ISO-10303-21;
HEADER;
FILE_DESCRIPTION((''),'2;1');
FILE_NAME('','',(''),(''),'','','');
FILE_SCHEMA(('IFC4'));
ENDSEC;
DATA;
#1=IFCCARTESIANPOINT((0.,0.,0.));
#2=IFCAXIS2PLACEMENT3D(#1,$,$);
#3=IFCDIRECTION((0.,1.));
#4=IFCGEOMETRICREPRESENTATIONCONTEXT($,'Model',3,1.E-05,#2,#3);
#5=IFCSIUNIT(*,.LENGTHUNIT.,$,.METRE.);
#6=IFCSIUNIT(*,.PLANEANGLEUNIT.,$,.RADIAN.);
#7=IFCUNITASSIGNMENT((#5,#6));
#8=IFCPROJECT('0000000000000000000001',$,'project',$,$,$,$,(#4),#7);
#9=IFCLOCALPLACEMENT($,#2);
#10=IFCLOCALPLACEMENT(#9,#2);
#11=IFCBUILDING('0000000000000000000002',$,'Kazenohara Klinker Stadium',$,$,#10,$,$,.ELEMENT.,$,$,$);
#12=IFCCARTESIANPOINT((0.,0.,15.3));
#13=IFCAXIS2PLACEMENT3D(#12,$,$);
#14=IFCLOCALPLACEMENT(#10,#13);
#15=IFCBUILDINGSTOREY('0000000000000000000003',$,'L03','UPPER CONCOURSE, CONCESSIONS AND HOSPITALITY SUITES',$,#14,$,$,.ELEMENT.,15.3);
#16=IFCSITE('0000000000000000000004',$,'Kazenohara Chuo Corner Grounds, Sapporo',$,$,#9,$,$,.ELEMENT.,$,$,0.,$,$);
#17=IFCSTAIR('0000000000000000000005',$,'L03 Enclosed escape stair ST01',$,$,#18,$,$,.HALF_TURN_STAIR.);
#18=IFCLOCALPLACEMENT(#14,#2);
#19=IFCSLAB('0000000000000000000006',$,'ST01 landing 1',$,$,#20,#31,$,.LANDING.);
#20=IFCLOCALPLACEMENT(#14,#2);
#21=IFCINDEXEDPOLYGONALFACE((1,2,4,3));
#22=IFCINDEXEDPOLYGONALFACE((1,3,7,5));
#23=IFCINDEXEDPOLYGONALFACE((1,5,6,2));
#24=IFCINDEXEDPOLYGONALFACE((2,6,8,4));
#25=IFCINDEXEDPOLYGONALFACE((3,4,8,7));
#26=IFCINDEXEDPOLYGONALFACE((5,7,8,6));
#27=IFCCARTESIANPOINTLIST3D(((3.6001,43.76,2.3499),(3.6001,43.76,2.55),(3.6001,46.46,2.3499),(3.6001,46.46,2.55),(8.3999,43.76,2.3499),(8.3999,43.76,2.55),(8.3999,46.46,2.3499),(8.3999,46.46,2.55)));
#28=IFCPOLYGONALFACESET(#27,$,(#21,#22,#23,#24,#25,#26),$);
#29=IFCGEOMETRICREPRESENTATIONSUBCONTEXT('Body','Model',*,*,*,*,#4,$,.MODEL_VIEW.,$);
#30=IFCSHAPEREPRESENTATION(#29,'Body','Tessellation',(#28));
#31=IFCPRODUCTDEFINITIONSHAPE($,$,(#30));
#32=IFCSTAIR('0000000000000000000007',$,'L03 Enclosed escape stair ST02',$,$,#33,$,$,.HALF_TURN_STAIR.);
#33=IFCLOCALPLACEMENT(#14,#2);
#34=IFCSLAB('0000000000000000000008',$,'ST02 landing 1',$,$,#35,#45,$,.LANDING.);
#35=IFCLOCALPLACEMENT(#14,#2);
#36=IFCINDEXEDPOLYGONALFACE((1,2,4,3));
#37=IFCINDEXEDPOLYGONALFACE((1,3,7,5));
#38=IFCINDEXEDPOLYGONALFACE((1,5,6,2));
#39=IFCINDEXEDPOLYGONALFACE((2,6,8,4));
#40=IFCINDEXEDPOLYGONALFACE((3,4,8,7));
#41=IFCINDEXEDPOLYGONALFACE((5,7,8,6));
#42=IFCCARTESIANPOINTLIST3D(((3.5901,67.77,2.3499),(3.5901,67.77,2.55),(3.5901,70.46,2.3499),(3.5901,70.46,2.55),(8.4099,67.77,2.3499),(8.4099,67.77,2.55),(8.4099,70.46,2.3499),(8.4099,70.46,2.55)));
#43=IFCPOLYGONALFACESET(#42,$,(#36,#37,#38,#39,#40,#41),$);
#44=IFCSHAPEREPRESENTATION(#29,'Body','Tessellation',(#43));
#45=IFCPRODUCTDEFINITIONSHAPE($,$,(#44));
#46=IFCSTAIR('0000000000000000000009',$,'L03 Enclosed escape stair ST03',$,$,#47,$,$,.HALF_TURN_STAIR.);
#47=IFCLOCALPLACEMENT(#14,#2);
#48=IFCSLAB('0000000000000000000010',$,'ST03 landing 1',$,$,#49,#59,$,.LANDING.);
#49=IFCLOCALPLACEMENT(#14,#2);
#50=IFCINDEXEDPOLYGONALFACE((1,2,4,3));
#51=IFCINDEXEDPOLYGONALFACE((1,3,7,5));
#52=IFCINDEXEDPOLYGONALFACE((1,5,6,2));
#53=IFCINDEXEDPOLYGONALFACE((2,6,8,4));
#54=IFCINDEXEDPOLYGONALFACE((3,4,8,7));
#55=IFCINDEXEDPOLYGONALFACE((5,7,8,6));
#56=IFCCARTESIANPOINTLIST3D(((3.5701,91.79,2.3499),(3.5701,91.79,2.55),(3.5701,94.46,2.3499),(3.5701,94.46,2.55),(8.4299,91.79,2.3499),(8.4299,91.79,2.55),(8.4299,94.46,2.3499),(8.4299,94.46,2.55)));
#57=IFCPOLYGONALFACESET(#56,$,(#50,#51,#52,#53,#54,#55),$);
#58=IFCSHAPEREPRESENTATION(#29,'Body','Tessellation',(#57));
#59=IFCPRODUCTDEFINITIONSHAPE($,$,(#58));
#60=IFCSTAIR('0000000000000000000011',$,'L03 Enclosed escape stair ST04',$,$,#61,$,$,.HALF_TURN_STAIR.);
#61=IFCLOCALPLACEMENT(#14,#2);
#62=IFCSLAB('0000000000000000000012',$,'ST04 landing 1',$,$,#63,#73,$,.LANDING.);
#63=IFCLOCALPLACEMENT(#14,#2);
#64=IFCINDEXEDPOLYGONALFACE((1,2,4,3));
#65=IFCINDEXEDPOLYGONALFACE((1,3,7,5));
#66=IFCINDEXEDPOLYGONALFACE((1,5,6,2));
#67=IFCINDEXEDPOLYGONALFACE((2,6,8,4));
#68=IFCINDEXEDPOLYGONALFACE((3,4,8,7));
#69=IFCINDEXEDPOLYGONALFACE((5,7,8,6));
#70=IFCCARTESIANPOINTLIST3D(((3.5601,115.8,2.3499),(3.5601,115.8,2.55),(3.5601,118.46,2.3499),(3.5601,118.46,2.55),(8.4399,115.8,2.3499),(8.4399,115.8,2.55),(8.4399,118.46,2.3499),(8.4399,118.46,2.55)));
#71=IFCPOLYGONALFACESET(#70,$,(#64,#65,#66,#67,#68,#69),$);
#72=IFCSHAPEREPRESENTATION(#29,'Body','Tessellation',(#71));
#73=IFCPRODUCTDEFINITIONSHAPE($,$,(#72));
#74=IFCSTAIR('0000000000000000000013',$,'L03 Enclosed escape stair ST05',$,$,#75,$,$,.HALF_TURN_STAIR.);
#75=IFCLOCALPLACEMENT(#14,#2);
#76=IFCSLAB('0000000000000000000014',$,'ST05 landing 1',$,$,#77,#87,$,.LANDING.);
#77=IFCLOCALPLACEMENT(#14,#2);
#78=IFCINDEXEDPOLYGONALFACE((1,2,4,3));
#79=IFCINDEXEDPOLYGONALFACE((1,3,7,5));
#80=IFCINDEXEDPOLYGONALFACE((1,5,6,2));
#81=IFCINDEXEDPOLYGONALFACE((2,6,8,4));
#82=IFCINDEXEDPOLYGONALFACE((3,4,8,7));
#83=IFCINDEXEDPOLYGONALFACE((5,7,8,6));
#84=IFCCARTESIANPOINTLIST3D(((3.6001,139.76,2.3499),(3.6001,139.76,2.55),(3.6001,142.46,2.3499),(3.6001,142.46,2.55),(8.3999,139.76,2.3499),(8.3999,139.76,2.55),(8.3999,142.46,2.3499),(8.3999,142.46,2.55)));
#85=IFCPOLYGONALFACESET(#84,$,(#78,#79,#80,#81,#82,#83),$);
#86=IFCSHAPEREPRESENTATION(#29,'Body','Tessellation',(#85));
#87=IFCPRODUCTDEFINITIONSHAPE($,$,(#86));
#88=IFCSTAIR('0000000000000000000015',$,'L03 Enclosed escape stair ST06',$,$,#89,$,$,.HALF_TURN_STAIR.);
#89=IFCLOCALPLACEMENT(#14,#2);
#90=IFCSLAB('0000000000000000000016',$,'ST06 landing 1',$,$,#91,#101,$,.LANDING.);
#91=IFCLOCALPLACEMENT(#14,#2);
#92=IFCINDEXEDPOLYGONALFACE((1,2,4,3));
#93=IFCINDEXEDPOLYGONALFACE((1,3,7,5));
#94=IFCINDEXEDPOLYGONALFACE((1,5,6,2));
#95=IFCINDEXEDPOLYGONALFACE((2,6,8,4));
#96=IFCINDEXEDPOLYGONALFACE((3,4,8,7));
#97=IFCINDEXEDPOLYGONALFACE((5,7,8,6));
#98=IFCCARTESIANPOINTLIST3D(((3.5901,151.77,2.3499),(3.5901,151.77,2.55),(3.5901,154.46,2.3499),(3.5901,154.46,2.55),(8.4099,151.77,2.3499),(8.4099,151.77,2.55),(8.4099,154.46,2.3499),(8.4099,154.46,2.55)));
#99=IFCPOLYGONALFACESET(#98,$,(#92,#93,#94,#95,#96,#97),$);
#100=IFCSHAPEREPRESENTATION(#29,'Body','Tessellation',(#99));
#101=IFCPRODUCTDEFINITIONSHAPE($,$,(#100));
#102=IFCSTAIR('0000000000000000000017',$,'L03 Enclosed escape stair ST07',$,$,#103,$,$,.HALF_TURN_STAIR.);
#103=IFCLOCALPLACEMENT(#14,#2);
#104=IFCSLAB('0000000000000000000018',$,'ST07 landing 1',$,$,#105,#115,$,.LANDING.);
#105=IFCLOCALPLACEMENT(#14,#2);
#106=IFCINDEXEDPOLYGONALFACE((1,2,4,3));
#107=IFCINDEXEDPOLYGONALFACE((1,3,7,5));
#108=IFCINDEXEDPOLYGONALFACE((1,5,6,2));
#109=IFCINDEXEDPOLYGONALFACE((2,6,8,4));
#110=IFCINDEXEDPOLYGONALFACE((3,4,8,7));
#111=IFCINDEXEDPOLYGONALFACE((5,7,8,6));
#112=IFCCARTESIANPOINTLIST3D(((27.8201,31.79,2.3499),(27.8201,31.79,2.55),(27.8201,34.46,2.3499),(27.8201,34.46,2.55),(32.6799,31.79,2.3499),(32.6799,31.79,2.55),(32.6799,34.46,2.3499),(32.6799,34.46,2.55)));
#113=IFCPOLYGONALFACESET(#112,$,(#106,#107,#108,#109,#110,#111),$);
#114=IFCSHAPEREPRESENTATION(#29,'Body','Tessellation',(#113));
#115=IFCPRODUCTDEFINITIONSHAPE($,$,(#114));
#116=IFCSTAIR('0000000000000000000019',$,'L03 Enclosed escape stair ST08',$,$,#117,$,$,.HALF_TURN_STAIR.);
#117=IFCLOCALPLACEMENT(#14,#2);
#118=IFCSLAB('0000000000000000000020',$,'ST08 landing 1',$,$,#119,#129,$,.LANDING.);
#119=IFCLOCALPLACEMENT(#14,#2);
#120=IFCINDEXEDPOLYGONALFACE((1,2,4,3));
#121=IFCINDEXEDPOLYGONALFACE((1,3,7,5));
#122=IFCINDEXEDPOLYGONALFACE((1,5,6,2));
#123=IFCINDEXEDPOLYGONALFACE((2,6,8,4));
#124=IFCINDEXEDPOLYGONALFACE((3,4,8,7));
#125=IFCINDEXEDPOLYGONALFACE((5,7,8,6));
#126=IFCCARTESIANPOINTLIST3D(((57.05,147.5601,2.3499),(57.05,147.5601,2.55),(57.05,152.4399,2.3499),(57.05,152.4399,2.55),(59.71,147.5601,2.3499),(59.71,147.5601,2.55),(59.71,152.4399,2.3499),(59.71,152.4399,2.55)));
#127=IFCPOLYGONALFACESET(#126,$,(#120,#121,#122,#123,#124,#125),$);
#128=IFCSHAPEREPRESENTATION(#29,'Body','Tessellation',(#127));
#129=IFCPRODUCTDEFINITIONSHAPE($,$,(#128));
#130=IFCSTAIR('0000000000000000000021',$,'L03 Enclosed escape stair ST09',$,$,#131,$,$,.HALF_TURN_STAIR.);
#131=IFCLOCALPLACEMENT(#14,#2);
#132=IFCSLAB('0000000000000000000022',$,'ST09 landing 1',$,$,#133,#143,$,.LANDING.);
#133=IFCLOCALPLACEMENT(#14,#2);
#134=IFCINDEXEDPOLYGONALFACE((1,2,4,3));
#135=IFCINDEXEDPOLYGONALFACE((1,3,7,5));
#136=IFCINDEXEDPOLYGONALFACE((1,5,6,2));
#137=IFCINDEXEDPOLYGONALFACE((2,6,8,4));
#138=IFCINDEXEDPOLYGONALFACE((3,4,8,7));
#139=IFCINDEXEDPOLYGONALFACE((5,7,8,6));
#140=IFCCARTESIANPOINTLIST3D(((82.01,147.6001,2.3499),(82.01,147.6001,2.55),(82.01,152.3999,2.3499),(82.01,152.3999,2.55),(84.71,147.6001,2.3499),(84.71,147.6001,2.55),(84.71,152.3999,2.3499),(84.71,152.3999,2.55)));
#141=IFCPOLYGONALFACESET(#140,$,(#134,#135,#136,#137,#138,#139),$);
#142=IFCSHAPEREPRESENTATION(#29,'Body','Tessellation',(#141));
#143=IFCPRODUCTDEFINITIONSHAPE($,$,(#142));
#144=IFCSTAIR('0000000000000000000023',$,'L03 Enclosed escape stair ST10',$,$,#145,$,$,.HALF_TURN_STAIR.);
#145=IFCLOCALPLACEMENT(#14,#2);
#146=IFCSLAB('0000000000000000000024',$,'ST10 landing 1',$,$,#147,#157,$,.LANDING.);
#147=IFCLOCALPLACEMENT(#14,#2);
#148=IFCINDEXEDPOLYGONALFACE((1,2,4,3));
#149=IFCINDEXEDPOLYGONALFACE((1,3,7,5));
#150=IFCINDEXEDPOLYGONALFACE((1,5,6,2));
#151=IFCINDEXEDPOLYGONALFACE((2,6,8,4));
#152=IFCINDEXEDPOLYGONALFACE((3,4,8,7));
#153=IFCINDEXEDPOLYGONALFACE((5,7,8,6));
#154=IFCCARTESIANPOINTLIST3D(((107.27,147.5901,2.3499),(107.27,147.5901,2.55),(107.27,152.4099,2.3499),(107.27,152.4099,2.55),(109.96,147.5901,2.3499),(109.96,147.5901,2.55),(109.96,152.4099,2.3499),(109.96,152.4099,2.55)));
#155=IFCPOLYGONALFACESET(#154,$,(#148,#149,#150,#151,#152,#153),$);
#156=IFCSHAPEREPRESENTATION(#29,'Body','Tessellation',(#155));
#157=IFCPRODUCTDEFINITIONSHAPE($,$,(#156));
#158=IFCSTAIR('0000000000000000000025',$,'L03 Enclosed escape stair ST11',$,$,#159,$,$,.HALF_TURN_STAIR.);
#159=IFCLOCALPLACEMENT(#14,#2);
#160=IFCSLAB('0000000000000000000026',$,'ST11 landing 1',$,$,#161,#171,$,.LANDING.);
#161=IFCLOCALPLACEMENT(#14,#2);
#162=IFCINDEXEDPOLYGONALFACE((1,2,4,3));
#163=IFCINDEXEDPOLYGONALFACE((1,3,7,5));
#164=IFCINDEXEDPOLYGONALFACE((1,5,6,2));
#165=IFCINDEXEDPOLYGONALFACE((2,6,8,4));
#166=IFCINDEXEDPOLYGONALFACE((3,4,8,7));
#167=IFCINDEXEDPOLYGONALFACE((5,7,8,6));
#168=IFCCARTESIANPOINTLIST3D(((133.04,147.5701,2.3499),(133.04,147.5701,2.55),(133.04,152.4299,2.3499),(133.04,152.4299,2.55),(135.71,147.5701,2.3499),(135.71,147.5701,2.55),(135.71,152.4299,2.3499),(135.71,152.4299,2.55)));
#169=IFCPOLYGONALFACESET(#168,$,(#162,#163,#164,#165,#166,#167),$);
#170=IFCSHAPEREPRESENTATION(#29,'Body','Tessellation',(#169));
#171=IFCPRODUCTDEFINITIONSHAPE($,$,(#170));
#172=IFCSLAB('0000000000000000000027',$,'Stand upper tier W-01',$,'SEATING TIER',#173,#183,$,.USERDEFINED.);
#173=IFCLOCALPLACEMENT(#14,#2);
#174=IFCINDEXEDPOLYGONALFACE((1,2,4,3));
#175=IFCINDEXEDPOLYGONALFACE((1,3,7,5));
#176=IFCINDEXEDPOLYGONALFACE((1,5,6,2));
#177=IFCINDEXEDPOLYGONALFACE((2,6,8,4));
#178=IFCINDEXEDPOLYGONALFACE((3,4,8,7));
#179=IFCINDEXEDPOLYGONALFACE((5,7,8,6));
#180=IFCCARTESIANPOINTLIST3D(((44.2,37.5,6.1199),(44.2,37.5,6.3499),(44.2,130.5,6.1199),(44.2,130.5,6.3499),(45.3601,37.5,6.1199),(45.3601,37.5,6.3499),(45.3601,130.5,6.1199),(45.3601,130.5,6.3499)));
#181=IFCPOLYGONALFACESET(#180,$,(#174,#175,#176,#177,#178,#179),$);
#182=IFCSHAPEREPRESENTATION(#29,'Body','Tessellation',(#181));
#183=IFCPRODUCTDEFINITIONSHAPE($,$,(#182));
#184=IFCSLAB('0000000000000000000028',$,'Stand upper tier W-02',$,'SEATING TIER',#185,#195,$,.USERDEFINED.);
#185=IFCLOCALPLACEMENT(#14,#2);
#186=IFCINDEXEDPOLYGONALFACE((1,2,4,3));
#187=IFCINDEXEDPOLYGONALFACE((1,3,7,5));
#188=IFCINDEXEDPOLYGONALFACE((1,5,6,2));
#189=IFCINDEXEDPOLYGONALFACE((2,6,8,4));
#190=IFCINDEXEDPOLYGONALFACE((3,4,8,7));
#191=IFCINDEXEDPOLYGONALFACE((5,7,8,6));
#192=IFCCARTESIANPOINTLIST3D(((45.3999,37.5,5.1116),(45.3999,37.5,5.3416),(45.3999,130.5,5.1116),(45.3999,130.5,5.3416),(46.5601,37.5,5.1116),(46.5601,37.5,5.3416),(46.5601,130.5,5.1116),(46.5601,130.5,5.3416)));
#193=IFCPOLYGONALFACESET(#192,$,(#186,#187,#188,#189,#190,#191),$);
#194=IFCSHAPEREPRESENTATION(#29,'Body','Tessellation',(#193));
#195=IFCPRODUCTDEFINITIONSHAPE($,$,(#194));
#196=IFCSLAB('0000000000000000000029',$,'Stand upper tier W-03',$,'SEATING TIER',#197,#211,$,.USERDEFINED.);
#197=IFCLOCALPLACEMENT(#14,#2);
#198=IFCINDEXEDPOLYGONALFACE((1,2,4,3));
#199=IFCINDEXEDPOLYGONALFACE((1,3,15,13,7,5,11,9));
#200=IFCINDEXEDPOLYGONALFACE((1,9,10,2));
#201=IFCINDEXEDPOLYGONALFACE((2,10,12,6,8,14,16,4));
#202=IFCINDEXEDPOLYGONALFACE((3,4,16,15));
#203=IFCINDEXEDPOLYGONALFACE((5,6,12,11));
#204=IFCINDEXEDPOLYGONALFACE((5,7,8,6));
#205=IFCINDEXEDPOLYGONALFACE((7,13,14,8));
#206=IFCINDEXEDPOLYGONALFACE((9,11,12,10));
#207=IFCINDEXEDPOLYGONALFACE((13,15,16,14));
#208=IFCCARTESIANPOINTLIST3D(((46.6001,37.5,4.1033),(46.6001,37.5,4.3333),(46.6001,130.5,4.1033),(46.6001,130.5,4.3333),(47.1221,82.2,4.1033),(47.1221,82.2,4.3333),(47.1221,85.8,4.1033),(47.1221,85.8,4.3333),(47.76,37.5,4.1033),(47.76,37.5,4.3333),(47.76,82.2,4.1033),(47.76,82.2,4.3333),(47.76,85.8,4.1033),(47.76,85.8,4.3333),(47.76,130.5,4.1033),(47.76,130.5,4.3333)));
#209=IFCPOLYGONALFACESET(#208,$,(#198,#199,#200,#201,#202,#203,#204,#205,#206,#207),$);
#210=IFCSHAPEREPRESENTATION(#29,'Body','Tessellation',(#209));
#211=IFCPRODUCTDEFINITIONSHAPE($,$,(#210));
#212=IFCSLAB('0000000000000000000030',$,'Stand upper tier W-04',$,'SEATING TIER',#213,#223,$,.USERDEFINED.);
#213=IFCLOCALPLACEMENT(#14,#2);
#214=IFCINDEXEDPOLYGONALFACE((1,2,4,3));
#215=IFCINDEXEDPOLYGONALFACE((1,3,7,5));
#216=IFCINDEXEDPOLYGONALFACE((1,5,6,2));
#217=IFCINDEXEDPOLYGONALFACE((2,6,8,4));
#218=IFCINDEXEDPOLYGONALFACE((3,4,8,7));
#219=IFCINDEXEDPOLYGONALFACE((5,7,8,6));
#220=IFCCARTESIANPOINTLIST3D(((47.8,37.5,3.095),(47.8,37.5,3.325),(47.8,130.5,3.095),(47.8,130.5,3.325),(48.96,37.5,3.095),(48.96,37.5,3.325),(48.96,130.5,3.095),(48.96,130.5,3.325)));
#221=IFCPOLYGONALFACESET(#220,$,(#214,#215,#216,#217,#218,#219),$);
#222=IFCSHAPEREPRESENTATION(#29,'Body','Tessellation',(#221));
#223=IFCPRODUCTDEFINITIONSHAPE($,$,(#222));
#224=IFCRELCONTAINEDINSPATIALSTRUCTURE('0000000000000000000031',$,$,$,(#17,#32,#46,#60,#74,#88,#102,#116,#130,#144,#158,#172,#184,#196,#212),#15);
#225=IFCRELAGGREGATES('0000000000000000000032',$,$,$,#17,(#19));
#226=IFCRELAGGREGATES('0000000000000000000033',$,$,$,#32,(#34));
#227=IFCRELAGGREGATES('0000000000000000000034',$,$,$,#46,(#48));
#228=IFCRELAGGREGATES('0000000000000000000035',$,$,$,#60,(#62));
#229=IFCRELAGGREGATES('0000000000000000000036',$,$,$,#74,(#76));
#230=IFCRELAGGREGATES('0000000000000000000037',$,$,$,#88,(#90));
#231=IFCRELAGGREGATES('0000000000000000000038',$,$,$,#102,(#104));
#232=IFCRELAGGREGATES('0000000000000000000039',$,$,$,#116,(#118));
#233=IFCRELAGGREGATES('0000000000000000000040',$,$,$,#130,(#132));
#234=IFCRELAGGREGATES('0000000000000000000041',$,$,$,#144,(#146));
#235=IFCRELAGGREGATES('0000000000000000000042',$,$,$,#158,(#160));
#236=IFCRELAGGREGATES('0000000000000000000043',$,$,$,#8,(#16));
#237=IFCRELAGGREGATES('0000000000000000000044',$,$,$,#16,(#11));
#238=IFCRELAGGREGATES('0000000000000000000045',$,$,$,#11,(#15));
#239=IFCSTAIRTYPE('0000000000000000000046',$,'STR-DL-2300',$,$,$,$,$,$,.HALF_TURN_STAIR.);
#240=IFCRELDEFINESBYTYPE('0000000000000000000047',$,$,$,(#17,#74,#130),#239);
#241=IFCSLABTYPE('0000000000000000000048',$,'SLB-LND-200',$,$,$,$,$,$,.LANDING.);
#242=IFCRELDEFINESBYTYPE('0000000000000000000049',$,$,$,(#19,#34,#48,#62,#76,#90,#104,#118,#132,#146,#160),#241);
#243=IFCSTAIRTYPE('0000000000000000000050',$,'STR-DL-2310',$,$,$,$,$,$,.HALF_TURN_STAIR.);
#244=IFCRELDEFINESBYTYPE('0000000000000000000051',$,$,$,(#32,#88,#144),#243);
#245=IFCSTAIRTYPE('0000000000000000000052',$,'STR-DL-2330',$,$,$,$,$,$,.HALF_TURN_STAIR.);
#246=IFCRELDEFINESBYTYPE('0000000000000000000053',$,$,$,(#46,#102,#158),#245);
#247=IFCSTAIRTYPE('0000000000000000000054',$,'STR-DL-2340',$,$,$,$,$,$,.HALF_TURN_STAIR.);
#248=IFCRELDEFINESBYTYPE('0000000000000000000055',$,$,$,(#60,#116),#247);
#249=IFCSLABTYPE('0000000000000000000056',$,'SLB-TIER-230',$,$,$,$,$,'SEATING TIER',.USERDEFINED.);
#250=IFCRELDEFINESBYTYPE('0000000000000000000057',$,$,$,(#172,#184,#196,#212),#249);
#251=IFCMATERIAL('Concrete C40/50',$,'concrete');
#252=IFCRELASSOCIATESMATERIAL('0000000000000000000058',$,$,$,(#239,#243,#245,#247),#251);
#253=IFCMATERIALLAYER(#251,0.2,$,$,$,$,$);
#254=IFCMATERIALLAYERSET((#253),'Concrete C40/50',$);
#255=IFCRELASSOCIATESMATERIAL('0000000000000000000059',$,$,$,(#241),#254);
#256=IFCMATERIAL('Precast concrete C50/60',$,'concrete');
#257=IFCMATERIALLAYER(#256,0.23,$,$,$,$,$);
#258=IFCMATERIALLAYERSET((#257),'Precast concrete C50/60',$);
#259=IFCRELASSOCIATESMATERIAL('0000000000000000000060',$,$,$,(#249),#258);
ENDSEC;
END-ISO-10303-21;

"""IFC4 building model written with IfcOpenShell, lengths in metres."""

from ifc_helpers import new_model, si_unit, direction, frame, origin, place, context, subcontext, project, spatial, polyline, outline, extrude, material, layer, layer_set, type_object, element, aggregate, save


model = new_model("IFC4")

# Units and contexts
model_context = context("Model", 3, precision=1e-05, world=origin(), true_north=direction((0.0, 1.0)))
body_context = subcontext(model_context, "Body", "Model", "MODEL_VIEW")
ifc_project = project(units=[si_unit("LENGTHUNIT", "METRE"), si_unit("PLANEANGLEUNIT", "RADIAN")], contexts=[model_context])

# Site, building, storey
site_placement = place(None, origin())
site = spatial("IfcSite", under=ifc_project, at=site_placement, Name="Kazenohara Chuo Corner Grounds, Sapporo", CompositionType="ELEMENT", RefElevation=0.0)
building_placement = place(site_placement, origin())
building = spatial("IfcBuilding", under=site, at=building_placement, Name="Kazenohara Klinker Stadium", CompositionType="ELEMENT")
storey_placement = place(building_placement, frame((0.0, 0.0, 15.3)))
storey = spatial("IfcBuildingStorey", under=building, at=storey_placement, Name="L03", Description="UPPER CONCOURSE, CONCESSIONS AND HOSPITALITY SUITES", CompositionType="ELEMENT", Elevation=15.3)

# Stairs, slabs
ifc_material_1 = material(Name="Concrete C40/50", Category="concrete")
stair_type_1 = type_object("IfcStairType", Name="STR-DL-2300", PredefinedType="HALF_TURN_STAIR", material=ifc_material_1)
stair_1_placement = place(storey_placement, origin())
stair_1 = element("IfcStair", 1, at=stair_1_placement, inside=storey, type_object=stair_type_1, Name="L03 Enclosed escape stair ST01", PredefinedType="HALF_TURN_STAIR")
ifc_layer_1 = layer(ifc_material_1, 0.2)
ifc_layer_set_1 = layer_set([ifc_layer_1], Name="Concrete C40/50")
slab_type_1 = type_object("IfcSlabType", Name="SLB-LND-200", PredefinedType="LANDING", material=ifc_layer_set_1)
slab_1_placement = place(storey_placement, frame((0.0, 0.0, 2.3499)))
slab_1 = element("IfcSlab", 2, at=slab_1_placement, type_object=slab_type_1, Name="ST01 landing 1", PredefinedType="LANDING", context=body_context, shape_type="SweptSolid", body=[
    extrude(outline(polyline([(8.3999, 43.76), (8.3999, 46.46), (3.6001, 46.46), (3.6001, 43.76), (8.3999, 43.76)])), origin(), (0.0, 0.0, 1.0), 0.2002),
])
aggregate(stair_1, [slab_1])
stair_type_2 = type_object("IfcStairType", Name="STR-DL-2310", PredefinedType="HALF_TURN_STAIR", material=ifc_material_1)
stair_2_placement = place(storey_placement, origin())
stair_2 = element("IfcStair", 3, at=stair_2_placement, inside=storey, type_object=stair_type_2, Name="L03 Enclosed escape stair ST02", PredefinedType="HALF_TURN_STAIR")
slab_2_placement = place(storey_placement, frame((0.0, 0.0, 2.3499)))
slab_2 = element("IfcSlab", 4, at=slab_2_placement, type_object=slab_type_1, Name="ST02 landing 1", PredefinedType="LANDING", context=body_context, shape_type="SweptSolid", body=[
    extrude(outline(polyline([(8.4099, 67.77), (8.4099, 70.46), (3.5901, 70.46), (3.5901, 67.77), (8.4099, 67.77)])), origin(), (0.0, 0.0, 1.0), 0.2002),
])
aggregate(stair_2, [slab_2])
stair_type_3 = type_object("IfcStairType", Name="STR-DL-2330", PredefinedType="HALF_TURN_STAIR", material=ifc_material_1)
stair_3_placement = place(storey_placement, origin())
stair_3 = element("IfcStair", 5, at=stair_3_placement, inside=storey, type_object=stair_type_3, Name="L03 Enclosed escape stair ST03", PredefinedType="HALF_TURN_STAIR")
slab_3_placement = place(storey_placement, frame((0.0, 0.0, 2.3499)))
slab_3 = element("IfcSlab", 6, at=slab_3_placement, type_object=slab_type_1, Name="ST03 landing 1", PredefinedType="LANDING", context=body_context, shape_type="SweptSolid", body=[
    extrude(outline(polyline([(8.4299, 91.79), (8.4299, 94.46), (3.5701, 94.46), (3.5701, 91.79), (8.4299, 91.79)])), origin(), (0.0, 0.0, 1.0), 0.2002),
])
aggregate(stair_3, [slab_3])
stair_type_4 = type_object("IfcStairType", Name="STR-DL-2340", PredefinedType="HALF_TURN_STAIR", material=ifc_material_1)
stair_4_placement = place(storey_placement, origin())
stair_4 = element("IfcStair", 7, at=stair_4_placement, inside=storey, type_object=stair_type_4, Name="L03 Enclosed escape stair ST04", PredefinedType="HALF_TURN_STAIR")
slab_4_placement = place(storey_placement, frame((0.0, 0.0, 2.3499)))
slab_4 = element("IfcSlab", 8, at=slab_4_placement, type_object=slab_type_1, Name="ST04 landing 1", PredefinedType="LANDING", context=body_context, shape_type="SweptSolid", body=[
    extrude(outline(polyline([(8.4399, 115.8), (8.4399, 118.46), (3.5601, 118.46), (3.5601, 115.8), (8.4399, 115.8)])), origin(), (0.0, 0.0, 1.0), 0.2002),
])
aggregate(stair_4, [slab_4])
stair_5_placement = place(storey_placement, origin())
stair_5 = element("IfcStair", 9, at=stair_5_placement, inside=storey, type_object=stair_type_1, Name="L03 Enclosed escape stair ST05", PredefinedType="HALF_TURN_STAIR")
slab_5_placement = place(storey_placement, frame((0.0, 0.0, 2.3499)))
slab_5 = element("IfcSlab", 10, at=slab_5_placement, type_object=slab_type_1, Name="ST05 landing 1", PredefinedType="LANDING", context=body_context, shape_type="SweptSolid", body=[
    extrude(outline(polyline([(8.3999, 139.76), (8.3999, 142.46), (3.6001, 142.46), (3.6001, 139.76), (8.3999, 139.76)])), origin(), (0.0, 0.0, 1.0), 0.2002),
])
aggregate(stair_5, [slab_5])
stair_6_placement = place(storey_placement, origin())
stair_6 = element("IfcStair", 11, at=stair_6_placement, inside=storey, type_object=stair_type_2, Name="L03 Enclosed escape stair ST06", PredefinedType="HALF_TURN_STAIR")
slab_6_placement = place(storey_placement, frame((0.0, 0.0, 2.3499)))
slab_6 = element("IfcSlab", 12, at=slab_6_placement, type_object=slab_type_1, Name="ST06 landing 1", PredefinedType="LANDING", context=body_context, shape_type="SweptSolid", body=[
    extrude(outline(polyline([(8.4099, 151.77), (8.4099, 154.46), (3.5901, 154.46), (3.5901, 151.77), (8.4099, 151.77)])), origin(), (0.0, 0.0, 1.0), 0.2002),
])
aggregate(stair_6, [slab_6])
stair_7_placement = place(storey_placement, origin())
stair_7 = element("IfcStair", 13, at=stair_7_placement, inside=storey, type_object=stair_type_3, Name="L03 Enclosed escape stair ST07", PredefinedType="HALF_TURN_STAIR")
slab_7_placement = place(storey_placement, frame((0.0, 0.0, 2.3499)))
slab_7 = element("IfcSlab", 14, at=slab_7_placement, type_object=slab_type_1, Name="ST07 landing 1", PredefinedType="LANDING", context=body_context, shape_type="SweptSolid", body=[
    extrude(outline(polyline([(32.6799, 31.79), (32.6799, 34.46), (27.8201, 34.46), (27.8201, 31.79), (32.6799, 31.79)])), origin(), (0.0, 0.0, 1.0), 0.2002),
])
aggregate(stair_7, [slab_7])
stair_8_placement = place(storey_placement, origin())
stair_8 = element("IfcStair", 15, at=stair_8_placement, inside=storey, type_object=stair_type_4, Name="L03 Enclosed escape stair ST08", PredefinedType="HALF_TURN_STAIR")
slab_8_placement = place(storey_placement, frame((0.0, 0.0, 2.3499)))
slab_8 = element("IfcSlab", 16, at=slab_8_placement, type_object=slab_type_1, Name="ST08 landing 1", PredefinedType="LANDING", context=body_context, shape_type="SweptSolid", body=[
    extrude(outline(polyline([(57.05, 147.5601), (59.71, 147.5601), (59.71, 152.4399), (57.05, 152.4399), (57.05, 147.5601)])), origin(), (0.0, 0.0, 1.0), 0.2002),
])
aggregate(stair_8, [slab_8])
stair_9_placement = place(storey_placement, origin())
stair_9 = element("IfcStair", 17, at=stair_9_placement, inside=storey, type_object=stair_type_1, Name="L03 Enclosed escape stair ST09", PredefinedType="HALF_TURN_STAIR")
slab_9_placement = place(storey_placement, frame((0.0, 0.0, 2.3499)))
slab_9 = element("IfcSlab", 18, at=slab_9_placement, type_object=slab_type_1, Name="ST09 landing 1", PredefinedType="LANDING", context=body_context, shape_type="SweptSolid", body=[
    extrude(outline(polyline([(82.01, 147.6001), (84.71, 147.6001), (84.71, 152.3999), (82.01, 152.3999), (82.01, 147.6001)])), origin(), (0.0, 0.0, 1.0), 0.2002),
])
aggregate(stair_9, [slab_9])
stair_10_placement = place(storey_placement, origin())
stair_10 = element("IfcStair", 19, at=stair_10_placement, inside=storey, type_object=stair_type_2, Name="L03 Enclosed escape stair ST10", PredefinedType="HALF_TURN_STAIR")
slab_10_placement = place(storey_placement, frame((0.0, 0.0, 2.3499)))
slab_10 = element("IfcSlab", 20, at=slab_10_placement, type_object=slab_type_1, Name="ST10 landing 1", PredefinedType="LANDING", context=body_context, shape_type="SweptSolid", body=[
    extrude(outline(polyline([(107.27, 147.5901), (109.96, 147.5901), (109.96, 152.4099), (107.27, 152.4099), (107.27, 147.5901)])), origin(), (0.0, 0.0, 1.0), 0.2002),
])
aggregate(stair_10, [slab_10])
stair_11_placement = place(storey_placement, origin())
stair_11 = element("IfcStair", 21, at=stair_11_placement, inside=storey, type_object=stair_type_3, Name="L03 Enclosed escape stair ST11", PredefinedType="HALF_TURN_STAIR")
slab_11_placement = place(storey_placement, frame((0.0, 0.0, 2.3499)))
slab_11 = element("IfcSlab", 22, at=slab_11_placement, type_object=slab_type_1, Name="ST11 landing 1", PredefinedType="LANDING", context=body_context, shape_type="SweptSolid", body=[
    extrude(outline(polyline([(133.04, 147.5701), (135.71, 147.5701), (135.71, 152.4299), (133.04, 152.4299), (133.04, 147.5701)])), origin(), (0.0, 0.0, 1.0), 0.2002),
])
aggregate(stair_11, [slab_11])

# Slabs
ifc_material_2 = material(Name="Precast concrete C50/60", Category="concrete")
ifc_layer_2 = layer(ifc_material_2, 0.23)
ifc_layer_set_2 = layer_set([ifc_layer_2], Name="Precast concrete C50/60")
slab_type_2 = type_object("IfcSlabType", Name="SLB-TIER-230", ElementType="SEATING TIER", PredefinedType="USERDEFINED", material=ifc_layer_set_2)
slab_12_placement = place(storey_placement, frame((0.0, 0.0, 6.1199)))
element("IfcSlab", 23, at=slab_12_placement, inside=storey, type_object=slab_type_2, Name="Stand upper tier W-01", ObjectType="SEATING TIER", PredefinedType="USERDEFINED", context=body_context, shape_type="SweptSolid", body=[
    extrude(outline(polyline([(44.2, 37.5), (45.3601, 37.5), (45.3601, 130.5), (44.2, 130.5), (44.2, 37.5)])), origin(), (0.0, 0.0, 1.0), 0.23),
])
slab_13_placement = place(storey_placement, frame((0.0, 0.0, 5.1116)))
element("IfcSlab", 24, at=slab_13_placement, inside=storey, type_object=slab_type_2, Name="Stand upper tier W-02", ObjectType="SEATING TIER", PredefinedType="USERDEFINED", context=body_context, shape_type="SweptSolid", body=[
    extrude(outline(polyline([(45.3999, 37.5), (46.5601, 37.5), (46.5601, 130.5), (45.3999, 130.5), (45.3999, 37.5)])), origin(), (0.0, 0.0, 1.0), 0.23),
])
slab_14_placement = place(storey_placement, frame((0.0, 0.0, 4.1033)))
element("IfcSlab", 25, at=slab_14_placement, inside=storey, type_object=slab_type_2, Name="Stand upper tier W-03", ObjectType="SEATING TIER", PredefinedType="USERDEFINED", context=body_context, shape_type="SweptSolid", body=[
    extrude(outline(polyline([(46.6001, 37.5), (47.76, 37.5), (47.76, 82.2), (47.1221, 82.2), (47.1221, 85.8), (47.76, 85.8), (47.76, 130.5), (46.6001, 130.5), (46.6001, 37.5)])), origin(), (0.0, 0.0, 1.0), 0.23),
])
slab_15_placement = place(storey_placement, frame((0.0, 0.0, 3.095)))
element("IfcSlab", 26, at=slab_15_placement, inside=storey, type_object=slab_type_2, Name="Stand upper tier W-04", ObjectType="SEATING TIER", PredefinedType="USERDEFINED", context=body_context, shape_type="SweptSolid", body=[
    extrude(outline(polyline([(47.8, 37.5), (48.96, 37.5), (48.96, 130.5), (47.8, 130.5), (47.8, 37.5)])), origin(), (0.0, 0.0, 1.0), 0.23),
])

save(model, "model.ifc")
